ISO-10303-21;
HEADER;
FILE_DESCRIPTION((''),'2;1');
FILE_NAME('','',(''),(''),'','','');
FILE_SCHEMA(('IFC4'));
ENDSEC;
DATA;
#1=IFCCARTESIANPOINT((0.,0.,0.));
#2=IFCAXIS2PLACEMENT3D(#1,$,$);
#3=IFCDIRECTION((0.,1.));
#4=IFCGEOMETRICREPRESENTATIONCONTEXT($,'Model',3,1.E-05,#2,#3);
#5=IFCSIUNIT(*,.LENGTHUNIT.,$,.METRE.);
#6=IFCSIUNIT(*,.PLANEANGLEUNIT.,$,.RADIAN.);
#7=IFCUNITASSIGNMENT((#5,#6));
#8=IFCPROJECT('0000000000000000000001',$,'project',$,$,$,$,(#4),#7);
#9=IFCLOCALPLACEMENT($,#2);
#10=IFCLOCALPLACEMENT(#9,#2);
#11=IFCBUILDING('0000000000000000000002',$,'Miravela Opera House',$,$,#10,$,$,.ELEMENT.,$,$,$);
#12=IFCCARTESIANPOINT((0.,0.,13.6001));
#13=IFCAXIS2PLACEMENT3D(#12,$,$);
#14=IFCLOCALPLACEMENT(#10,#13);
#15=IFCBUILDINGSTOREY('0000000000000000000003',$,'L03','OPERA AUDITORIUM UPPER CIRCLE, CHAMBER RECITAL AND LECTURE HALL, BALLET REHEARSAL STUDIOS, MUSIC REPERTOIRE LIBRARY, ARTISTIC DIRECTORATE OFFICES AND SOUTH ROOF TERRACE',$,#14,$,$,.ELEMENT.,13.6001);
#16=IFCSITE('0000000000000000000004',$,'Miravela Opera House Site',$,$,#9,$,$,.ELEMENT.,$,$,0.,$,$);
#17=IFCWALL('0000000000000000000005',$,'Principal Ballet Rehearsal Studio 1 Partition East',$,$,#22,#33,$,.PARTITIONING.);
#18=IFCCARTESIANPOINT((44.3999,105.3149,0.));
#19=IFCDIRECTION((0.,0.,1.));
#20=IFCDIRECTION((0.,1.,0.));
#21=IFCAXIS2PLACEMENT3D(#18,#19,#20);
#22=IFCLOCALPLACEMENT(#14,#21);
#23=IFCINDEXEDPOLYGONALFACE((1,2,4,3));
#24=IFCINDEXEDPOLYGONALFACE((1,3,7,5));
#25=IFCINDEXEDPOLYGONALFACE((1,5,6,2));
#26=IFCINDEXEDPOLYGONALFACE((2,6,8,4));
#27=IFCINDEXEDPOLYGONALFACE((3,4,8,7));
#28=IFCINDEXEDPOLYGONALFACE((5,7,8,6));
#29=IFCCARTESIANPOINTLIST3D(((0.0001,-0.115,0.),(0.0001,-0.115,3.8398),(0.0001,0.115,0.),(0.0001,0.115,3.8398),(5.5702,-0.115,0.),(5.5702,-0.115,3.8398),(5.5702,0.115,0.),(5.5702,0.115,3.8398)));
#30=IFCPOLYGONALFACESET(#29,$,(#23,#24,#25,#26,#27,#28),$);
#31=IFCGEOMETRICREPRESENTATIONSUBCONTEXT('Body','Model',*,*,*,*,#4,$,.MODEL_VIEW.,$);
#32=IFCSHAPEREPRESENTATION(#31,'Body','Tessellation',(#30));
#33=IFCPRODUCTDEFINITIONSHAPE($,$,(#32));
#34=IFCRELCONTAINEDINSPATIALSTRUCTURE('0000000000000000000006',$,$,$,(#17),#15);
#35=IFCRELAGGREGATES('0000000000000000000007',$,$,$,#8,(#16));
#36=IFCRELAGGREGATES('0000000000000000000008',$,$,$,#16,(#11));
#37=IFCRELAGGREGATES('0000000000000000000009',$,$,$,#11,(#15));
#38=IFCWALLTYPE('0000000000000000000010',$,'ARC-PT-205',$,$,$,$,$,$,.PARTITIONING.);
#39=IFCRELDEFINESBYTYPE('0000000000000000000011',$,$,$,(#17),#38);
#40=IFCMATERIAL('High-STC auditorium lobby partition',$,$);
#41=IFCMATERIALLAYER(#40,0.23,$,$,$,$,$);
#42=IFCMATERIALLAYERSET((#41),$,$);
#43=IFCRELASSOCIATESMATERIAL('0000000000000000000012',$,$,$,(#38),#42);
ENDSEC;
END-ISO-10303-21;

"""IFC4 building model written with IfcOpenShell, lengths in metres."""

from ifc_helpers import new_model, si_unit, direction, frame, frame_2d, origin, place, context, subcontext, project, spatial, rectangle, extrude, material, layer, layer_set, type_object, element, save


model = new_model("IFC4")

# Units and contexts
model_context = context("Model", 3, precision=1e-05, world=origin(), true_north=direction((0.0, 1.0)))
body_context = subcontext(model_context, "Body", "Model", "MODEL_VIEW")
ifc_project = project(units=[si_unit("LENGTHUNIT", "METRE"), si_unit("PLANEANGLEUNIT", "RADIAN")], contexts=[model_context])

# Site, building, storey
site_placement = place(None, origin())
site = spatial("IfcSite", under=ifc_project, at=site_placement, Name="Miravela Opera House Site", CompositionType="ELEMENT", RefElevation=0.0)
building_placement = place(site_placement, origin())
building = spatial("IfcBuilding", under=site, at=building_placement, Name="Miravela Opera House", CompositionType="ELEMENT")
storey_placement = place(building_placement, frame((0.0, 0.0, 13.6001)))
storey = spatial("IfcBuildingStorey", under=building, at=storey_placement, Name="L03", Description="OPERA AUDITORIUM UPPER CIRCLE, CHAMBER RECITAL AND LECTURE HALL, BALLET REHEARSAL STUDIOS, MUSIC REPERTOIRE LIBRARY, ARTISTIC DIRECTORATE OFFICES AND SOUTH ROOF TERRACE", CompositionType="ELEMENT", Elevation=13.6001)

# Wall
ifc_material_1 = material(Name="High-STC auditorium lobby partition")
ifc_layer_1 = layer(ifc_material_1, 0.23)
ifc_layer_set_1 = layer_set([ifc_layer_1])
wall_type_1 = type_object("IfcWallType", Name="ARC-PT-205", PredefinedType="PARTITIONING", material=ifc_layer_set_1)
wall_1_placement = place(storey_placement, frame((44.3999, 105.3149, 0.0), z_axis=(0.0, 0.0, 1.0), x_axis=(0.0, 1.0, 0.0)))
element("IfcWall", 1, at=wall_1_placement, inside=storey, type_object=wall_type_1, Name="Principal Ballet Rehearsal Studio 1 Partition East", PredefinedType="PARTITIONING", context=body_context, shape_type="SweptSolid", body=[
    extrude(rectangle(XDim=5.5701, YDim=0.23, at=frame_2d((2.7852, 0.0))), origin(), (0.0, 0.0, 1.0), 3.8398),
])

save(model, "model.ifc")
